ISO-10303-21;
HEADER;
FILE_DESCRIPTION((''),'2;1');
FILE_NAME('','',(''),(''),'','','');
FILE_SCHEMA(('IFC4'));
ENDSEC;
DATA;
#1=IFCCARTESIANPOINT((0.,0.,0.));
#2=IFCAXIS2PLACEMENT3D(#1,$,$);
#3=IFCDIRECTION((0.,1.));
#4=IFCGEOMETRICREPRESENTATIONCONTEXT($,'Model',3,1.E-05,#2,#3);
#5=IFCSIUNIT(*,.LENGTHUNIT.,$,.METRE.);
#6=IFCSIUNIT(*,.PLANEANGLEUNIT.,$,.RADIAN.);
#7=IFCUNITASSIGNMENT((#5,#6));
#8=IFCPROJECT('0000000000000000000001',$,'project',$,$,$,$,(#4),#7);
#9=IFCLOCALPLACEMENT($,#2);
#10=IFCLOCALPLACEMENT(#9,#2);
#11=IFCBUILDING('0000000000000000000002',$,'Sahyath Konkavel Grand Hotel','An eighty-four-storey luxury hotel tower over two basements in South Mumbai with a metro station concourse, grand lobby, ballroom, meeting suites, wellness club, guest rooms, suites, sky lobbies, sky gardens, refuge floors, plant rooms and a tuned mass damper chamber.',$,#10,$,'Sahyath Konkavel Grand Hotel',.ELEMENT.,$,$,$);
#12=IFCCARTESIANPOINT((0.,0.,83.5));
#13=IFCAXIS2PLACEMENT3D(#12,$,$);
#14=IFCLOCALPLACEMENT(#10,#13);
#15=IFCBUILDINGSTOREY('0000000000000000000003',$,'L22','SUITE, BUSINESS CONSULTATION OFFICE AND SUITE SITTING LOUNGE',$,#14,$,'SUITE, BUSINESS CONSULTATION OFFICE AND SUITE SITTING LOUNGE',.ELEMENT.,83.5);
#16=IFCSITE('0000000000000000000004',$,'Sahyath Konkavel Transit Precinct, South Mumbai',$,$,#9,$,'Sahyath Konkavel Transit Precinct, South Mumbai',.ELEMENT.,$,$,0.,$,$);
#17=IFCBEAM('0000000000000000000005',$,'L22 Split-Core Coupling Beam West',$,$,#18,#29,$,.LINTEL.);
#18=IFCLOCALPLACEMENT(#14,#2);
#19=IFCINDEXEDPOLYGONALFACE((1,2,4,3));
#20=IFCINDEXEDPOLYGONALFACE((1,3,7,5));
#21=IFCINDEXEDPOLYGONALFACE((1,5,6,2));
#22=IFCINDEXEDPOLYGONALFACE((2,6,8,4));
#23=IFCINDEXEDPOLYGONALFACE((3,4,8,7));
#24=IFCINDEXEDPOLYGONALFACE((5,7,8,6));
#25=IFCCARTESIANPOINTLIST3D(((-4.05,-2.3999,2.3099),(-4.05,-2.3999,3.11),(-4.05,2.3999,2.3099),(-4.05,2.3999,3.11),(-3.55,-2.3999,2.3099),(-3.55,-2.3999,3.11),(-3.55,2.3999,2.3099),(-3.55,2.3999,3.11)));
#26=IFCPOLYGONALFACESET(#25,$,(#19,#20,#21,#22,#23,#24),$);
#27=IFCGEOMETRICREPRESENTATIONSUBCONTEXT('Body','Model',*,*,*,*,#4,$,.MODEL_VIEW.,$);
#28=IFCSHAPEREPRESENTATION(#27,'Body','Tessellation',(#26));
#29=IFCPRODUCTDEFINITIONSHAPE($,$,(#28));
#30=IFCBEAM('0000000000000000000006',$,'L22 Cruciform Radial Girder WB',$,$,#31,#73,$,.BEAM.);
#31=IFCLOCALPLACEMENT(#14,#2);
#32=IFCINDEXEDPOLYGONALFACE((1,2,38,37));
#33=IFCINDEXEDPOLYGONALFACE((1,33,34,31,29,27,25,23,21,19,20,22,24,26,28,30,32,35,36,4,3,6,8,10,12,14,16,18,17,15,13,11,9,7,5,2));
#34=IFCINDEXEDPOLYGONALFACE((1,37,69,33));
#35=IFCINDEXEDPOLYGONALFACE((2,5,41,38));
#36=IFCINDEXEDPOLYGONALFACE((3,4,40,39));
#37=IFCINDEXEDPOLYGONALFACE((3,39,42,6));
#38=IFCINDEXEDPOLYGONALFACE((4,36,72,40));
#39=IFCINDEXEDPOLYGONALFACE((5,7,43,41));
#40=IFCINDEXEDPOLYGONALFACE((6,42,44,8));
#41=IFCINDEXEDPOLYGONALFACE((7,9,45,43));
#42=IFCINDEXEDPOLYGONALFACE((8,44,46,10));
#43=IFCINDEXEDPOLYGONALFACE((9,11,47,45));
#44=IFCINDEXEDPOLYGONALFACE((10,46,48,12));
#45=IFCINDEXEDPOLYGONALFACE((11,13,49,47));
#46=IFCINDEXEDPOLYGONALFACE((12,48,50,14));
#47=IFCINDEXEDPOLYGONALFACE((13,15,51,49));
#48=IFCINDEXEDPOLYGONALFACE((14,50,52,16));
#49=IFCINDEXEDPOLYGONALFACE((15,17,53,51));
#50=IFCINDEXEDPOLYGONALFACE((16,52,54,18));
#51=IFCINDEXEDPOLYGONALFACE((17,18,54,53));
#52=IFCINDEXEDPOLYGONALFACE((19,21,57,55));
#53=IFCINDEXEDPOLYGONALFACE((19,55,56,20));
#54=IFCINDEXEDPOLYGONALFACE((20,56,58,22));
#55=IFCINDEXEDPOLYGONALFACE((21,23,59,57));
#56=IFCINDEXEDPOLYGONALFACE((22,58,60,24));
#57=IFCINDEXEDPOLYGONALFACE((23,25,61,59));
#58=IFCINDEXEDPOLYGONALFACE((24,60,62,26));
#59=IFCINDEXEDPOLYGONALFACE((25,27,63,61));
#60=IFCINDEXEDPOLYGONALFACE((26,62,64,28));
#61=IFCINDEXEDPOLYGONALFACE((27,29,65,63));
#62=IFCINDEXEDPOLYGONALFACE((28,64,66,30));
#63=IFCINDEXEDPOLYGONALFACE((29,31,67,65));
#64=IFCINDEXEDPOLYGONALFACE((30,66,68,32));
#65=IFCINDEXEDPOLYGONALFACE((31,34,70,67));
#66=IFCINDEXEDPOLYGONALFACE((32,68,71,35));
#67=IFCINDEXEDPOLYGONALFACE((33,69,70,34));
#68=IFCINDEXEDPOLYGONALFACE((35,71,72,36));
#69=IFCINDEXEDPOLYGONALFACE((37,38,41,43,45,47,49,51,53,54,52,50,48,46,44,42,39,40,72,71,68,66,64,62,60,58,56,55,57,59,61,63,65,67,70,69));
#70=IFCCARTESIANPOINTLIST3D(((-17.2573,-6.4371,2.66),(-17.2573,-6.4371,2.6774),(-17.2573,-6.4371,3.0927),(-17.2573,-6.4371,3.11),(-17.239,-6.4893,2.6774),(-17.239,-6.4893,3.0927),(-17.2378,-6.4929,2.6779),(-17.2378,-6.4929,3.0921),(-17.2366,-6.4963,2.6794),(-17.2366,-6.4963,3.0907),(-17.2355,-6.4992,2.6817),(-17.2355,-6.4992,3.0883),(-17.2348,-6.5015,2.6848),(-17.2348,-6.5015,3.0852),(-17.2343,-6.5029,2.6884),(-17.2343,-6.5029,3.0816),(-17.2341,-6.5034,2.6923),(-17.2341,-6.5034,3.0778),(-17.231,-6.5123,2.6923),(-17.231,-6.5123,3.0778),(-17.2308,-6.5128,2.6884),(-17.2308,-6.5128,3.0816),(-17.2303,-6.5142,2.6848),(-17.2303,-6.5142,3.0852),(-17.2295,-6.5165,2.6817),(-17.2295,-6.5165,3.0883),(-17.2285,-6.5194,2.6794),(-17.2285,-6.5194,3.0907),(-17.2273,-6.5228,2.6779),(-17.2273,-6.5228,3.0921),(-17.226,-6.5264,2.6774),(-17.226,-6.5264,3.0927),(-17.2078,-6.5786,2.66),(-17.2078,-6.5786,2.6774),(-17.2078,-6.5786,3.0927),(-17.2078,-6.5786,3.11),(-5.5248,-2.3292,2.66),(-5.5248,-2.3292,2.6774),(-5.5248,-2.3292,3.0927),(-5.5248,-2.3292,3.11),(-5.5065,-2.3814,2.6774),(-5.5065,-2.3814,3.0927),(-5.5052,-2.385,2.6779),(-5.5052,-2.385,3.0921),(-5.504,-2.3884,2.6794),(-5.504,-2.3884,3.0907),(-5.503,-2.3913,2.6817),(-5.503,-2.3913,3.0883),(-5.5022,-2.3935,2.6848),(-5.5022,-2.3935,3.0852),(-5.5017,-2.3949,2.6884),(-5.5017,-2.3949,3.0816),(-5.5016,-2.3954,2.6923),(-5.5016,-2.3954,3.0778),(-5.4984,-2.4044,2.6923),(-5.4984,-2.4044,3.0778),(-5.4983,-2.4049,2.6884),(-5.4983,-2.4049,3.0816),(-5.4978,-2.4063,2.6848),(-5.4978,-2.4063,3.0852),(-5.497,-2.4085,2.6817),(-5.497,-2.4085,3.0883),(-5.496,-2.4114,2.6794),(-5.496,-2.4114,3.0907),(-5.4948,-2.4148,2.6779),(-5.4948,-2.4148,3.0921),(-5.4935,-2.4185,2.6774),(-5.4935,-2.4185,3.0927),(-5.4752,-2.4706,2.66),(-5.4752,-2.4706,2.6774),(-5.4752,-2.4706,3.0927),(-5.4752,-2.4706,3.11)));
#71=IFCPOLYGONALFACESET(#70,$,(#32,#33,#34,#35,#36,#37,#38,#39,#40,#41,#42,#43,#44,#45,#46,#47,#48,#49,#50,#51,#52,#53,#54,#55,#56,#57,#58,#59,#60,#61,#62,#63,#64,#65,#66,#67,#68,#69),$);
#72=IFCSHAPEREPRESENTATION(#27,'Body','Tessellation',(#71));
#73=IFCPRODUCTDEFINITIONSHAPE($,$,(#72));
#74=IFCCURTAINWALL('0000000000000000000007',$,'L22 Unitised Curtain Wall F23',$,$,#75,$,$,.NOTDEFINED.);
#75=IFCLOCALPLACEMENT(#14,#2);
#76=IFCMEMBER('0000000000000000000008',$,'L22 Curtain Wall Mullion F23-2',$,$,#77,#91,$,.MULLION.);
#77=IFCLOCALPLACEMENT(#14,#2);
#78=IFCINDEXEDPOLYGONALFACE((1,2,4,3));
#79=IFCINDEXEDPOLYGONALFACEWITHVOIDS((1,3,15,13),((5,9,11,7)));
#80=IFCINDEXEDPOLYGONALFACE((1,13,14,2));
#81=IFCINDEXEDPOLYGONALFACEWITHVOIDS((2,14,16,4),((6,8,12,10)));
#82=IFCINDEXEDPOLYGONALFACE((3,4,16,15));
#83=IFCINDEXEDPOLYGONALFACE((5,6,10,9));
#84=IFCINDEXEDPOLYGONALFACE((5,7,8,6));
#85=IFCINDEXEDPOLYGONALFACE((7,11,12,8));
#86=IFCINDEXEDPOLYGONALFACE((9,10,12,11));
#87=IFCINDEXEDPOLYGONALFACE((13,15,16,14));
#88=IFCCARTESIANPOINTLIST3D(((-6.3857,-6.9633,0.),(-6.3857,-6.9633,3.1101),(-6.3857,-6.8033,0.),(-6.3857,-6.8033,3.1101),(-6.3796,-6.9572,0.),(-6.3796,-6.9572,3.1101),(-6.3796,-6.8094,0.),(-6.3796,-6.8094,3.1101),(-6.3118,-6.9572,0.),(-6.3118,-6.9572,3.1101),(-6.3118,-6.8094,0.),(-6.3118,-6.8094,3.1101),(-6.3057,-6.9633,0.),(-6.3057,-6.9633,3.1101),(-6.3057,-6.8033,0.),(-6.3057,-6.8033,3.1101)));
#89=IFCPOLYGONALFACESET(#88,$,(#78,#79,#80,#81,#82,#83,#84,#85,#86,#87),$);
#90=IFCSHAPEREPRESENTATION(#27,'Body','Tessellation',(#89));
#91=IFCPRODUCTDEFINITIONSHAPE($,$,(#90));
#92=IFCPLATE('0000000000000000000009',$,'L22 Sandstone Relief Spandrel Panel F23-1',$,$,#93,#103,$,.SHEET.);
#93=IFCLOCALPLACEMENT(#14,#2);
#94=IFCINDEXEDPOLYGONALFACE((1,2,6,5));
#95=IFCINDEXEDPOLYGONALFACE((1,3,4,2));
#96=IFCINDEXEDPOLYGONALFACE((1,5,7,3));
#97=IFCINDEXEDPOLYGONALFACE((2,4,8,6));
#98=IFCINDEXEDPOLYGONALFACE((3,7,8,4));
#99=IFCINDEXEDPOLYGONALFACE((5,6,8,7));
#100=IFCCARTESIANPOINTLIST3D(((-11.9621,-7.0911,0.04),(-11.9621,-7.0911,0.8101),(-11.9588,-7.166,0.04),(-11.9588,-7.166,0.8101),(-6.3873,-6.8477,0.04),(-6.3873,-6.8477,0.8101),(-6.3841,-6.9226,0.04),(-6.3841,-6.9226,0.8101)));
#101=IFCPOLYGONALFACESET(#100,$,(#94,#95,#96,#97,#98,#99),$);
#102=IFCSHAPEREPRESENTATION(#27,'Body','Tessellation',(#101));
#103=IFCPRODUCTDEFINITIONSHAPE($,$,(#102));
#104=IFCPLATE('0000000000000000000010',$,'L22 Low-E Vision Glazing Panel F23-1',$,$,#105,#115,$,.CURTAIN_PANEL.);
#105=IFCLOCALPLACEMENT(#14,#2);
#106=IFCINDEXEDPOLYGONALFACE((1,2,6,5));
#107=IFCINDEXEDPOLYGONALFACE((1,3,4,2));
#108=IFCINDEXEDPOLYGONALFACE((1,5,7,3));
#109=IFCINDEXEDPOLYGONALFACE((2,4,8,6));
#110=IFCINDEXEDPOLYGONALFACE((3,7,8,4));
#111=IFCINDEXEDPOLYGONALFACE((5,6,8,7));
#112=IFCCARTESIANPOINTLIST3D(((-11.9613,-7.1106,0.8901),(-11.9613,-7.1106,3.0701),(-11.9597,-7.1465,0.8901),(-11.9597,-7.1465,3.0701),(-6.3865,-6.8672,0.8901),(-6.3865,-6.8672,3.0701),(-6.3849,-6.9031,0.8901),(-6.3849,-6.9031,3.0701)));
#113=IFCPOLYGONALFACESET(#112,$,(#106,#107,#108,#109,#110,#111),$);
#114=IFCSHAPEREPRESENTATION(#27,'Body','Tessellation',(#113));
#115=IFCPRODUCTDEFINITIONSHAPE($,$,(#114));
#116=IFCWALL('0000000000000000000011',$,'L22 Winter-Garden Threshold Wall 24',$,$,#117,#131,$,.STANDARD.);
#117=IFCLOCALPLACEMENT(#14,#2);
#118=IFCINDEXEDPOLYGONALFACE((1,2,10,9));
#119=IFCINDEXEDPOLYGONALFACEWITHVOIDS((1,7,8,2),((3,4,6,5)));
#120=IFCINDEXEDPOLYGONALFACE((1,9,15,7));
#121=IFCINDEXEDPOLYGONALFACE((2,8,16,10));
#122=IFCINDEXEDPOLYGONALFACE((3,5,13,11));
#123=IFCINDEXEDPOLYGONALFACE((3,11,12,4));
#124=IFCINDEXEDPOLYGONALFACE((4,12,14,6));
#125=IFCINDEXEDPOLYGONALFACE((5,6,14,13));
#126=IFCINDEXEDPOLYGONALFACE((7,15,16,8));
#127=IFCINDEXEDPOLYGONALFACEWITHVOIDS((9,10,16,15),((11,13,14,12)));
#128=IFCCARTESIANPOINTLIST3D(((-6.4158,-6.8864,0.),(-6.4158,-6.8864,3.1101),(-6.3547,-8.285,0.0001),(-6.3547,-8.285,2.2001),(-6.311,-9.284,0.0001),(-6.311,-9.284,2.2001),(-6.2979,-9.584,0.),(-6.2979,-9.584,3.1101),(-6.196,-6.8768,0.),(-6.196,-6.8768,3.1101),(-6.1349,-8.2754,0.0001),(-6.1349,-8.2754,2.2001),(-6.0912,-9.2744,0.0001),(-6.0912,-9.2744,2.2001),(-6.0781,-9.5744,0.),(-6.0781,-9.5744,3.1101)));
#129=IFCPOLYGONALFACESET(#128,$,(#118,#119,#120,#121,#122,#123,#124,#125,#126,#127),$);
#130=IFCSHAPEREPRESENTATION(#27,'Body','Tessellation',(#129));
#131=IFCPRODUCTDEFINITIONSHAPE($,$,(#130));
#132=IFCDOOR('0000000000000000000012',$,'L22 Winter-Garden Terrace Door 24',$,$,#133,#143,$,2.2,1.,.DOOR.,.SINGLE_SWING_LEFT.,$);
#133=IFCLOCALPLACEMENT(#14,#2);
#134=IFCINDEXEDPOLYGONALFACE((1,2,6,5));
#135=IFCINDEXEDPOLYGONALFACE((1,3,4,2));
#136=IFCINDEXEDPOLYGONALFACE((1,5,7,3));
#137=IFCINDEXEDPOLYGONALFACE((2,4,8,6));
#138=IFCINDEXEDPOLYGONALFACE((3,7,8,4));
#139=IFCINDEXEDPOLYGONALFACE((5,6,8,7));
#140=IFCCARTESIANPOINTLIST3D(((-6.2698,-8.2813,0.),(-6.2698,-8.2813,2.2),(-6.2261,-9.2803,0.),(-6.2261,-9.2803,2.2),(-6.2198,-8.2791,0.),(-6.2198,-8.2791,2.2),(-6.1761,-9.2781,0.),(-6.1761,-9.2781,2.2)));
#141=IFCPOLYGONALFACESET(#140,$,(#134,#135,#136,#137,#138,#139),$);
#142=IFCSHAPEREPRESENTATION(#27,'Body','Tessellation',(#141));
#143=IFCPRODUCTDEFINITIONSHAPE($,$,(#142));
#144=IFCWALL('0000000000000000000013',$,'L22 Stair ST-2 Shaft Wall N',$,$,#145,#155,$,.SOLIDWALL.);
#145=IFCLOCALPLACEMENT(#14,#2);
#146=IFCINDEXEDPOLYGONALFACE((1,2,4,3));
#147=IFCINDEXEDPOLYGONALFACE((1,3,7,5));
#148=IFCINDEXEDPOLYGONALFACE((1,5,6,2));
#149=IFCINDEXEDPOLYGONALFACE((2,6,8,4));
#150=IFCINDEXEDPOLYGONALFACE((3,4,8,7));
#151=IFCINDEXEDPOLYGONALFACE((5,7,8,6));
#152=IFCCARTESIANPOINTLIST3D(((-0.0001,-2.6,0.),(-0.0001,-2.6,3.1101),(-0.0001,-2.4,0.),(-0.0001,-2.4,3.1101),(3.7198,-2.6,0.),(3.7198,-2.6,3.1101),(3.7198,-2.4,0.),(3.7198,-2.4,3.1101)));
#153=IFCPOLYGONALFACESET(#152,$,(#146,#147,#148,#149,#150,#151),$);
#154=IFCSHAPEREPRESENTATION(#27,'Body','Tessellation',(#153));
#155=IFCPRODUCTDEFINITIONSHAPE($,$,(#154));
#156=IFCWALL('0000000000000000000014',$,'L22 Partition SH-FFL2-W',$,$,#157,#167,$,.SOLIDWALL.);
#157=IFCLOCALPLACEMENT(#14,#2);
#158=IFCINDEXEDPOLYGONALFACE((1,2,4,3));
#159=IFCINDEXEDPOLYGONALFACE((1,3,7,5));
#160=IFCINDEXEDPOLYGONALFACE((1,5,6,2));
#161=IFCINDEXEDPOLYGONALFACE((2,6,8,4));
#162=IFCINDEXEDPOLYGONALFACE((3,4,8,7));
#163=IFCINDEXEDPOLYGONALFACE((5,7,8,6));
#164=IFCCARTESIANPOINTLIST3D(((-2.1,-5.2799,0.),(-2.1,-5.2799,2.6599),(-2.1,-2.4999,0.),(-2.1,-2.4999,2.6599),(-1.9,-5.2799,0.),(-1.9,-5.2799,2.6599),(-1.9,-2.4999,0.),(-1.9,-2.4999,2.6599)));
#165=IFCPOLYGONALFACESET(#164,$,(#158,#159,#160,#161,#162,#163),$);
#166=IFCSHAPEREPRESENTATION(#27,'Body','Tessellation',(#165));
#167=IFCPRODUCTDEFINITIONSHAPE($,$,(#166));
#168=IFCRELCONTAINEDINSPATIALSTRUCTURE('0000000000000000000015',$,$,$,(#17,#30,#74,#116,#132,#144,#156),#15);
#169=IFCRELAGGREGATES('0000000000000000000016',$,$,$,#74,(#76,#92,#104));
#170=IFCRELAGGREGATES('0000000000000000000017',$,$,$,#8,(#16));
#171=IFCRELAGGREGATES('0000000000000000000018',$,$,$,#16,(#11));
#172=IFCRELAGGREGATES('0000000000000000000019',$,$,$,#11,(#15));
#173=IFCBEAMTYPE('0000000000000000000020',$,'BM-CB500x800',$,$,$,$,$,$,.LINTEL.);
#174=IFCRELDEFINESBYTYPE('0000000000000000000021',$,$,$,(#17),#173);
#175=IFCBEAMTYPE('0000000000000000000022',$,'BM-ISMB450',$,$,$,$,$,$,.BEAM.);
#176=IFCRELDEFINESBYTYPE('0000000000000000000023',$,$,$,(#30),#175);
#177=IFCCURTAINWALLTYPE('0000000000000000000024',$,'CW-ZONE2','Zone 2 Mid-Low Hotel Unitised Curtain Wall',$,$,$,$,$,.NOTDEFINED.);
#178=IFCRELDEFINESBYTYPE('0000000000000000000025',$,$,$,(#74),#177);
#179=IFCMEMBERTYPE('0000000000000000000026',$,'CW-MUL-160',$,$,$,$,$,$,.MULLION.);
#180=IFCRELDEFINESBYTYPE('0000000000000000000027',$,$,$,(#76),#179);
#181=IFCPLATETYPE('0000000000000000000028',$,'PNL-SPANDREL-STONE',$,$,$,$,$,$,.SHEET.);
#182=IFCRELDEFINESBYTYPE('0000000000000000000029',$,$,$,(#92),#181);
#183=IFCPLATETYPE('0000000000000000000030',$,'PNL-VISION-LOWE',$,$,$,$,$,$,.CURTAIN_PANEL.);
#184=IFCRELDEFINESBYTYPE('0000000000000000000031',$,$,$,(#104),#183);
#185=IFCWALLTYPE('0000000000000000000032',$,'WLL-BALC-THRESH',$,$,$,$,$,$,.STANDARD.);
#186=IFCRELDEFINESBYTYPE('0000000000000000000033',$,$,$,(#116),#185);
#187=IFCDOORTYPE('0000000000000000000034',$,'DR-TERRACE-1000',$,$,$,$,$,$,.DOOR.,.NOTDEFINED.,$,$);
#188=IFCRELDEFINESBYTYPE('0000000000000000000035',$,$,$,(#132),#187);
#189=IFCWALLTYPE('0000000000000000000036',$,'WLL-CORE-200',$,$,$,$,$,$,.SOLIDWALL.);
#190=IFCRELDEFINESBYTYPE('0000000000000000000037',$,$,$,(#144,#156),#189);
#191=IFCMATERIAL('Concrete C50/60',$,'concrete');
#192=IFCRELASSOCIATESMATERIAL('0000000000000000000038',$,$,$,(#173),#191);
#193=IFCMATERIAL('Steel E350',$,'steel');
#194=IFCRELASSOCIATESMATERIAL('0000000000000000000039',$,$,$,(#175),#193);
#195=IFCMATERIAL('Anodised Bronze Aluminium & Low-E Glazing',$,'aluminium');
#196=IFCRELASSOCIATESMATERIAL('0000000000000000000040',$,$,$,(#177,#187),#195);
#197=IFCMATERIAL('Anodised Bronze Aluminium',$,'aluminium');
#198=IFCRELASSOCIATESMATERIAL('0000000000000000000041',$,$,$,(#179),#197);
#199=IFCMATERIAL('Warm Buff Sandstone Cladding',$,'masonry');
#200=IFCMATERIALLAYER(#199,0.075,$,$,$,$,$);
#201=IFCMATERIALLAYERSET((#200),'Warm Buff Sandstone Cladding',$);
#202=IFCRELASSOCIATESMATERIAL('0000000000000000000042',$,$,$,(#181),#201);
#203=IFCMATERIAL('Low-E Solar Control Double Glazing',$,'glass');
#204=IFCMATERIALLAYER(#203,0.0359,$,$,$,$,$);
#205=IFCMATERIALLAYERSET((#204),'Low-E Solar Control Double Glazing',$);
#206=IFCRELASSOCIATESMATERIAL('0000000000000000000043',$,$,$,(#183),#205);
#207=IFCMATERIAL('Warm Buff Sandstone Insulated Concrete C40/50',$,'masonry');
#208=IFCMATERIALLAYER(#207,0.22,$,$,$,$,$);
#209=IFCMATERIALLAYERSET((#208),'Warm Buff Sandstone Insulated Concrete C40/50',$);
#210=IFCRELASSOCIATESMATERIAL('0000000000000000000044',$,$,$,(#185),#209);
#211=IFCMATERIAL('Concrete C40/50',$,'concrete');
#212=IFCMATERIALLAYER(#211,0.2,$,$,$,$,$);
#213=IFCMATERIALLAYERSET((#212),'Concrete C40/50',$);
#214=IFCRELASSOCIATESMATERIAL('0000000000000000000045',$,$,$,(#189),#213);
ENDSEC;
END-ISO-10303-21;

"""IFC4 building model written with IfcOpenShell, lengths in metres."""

from ifc_helpers import new_model, si_unit, direction, frame, frame_2d, origin, origin_2d, place, context, subcontext, project, spatial, rectangle, hollow_rectangle, i_section, extrude, source, transform, mapped, material, layer, layer_set, material_profile, profile_set, type_object, element, fill, aggregate, save


model = new_model("IFC4")

# Units and contexts
model_context = context("Model", 3, precision=1e-05, world=origin(), true_north=direction((0.0, 1.0)))
body_context = subcontext(model_context, "Body", "Model", "MODEL_VIEW")
ifc_project = project(units=[si_unit("LENGTHUNIT", "METRE"), si_unit("PLANEANGLEUNIT", "RADIAN")], contexts=[model_context])

# Site, building, storey
site_placement = place(None, origin())
site = spatial("IfcSite", under=ifc_project, at=site_placement, Name="Sahyath Konkavel Transit Precinct, South Mumbai", LongName="Sahyath Konkavel Transit Precinct, South Mumbai", CompositionType="ELEMENT", RefElevation=0.0)
building_placement = place(site_placement, origin())
building = spatial("IfcBuilding", under=site, at=building_placement, Name="Sahyath Konkavel Grand Hotel", Description="An eighty-four-storey luxury hotel tower over two basements in South Mumbai with a metro station concourse, grand lobby, ballroom, meeting suites, wellness club, guest rooms, suites, sky lobbies, sky gardens, refuge floors, plant rooms and a tuned mass damper chamber.", LongName="Sahyath Konkavel Grand Hotel", CompositionType="ELEMENT")
storey_placement = place(building_placement, frame((0.0, 0.0, 83.5)))
storey = spatial("IfcBuildingStorey", under=building, at=storey_placement, Name="L22", Description="SUITE, BUSINESS CONSULTATION OFFICE AND SUITE SITTING LOUNGE", LongName="SUITE, BUSINESS CONSULTATION OFFICE AND SUITE SITTING LOUNGE", CompositionType="ELEMENT", Elevation=83.5)

# Shared definitions
ifc_material_1 = material(Name="Concrete C50/60", Category="concrete")

# Beams
ifc_material_2 = material(Name="Steel E350", Category="steel")
ifc_material_profile_1 = material_profile(ifc_material_1, rectangle(XDim=0.5, YDim=0.8, at=origin_2d()), Name="RC 500x800")
ifc_profile_set_1 = profile_set([ifc_material_profile_1], Name="Concrete C50/60")
beam_type_1 = type_object("IfcBeamType", Name="BM-CB500x800", PredefinedType="LINTEL", material=ifc_profile_set_1)
shared_shape_1 = source(origin(), body_context, "Body", "SweptSolid", [
    extrude(rectangle(XDim=0.5, YDim=0.8, at=origin_2d()), origin(), (0.0, 0.0, 1.0), 4.7998),
])
beam_1_placement = place(storey_placement, frame((-3.8, -2.3999, 2.71), z_axis=(0.0, 1.0, 0.0), x_axis=(-1.0, 0.0, 0.0)))
element("IfcBeam", 1, at=beam_1_placement, inside=storey, type_object=beam_type_1, Name="L22 Split-Core Coupling Beam West", PredefinedType="LINTEL", context=body_context, shape_type="MappedRepresentation", body=[
    mapped(shared_shape_1, transform((0.0, 0.0, 0.0), scale=1.0)),
])
ifc_material_profile_2 = material_profile(ifc_material_2, i_section(OverallWidth=0.1499, OverallDepth=0.45, WebThickness=0.0095, FlangeThickness=0.0173, FilletRadius=0.0149, at=origin_2d()), Name="ISMB 450")
ifc_profile_set_2 = profile_set([ifc_material_profile_2], Name="Steel E350")
beam_type_2 = type_object("IfcBeamType", Name="BM-ISMB450", PredefinedType="BEAM", material=ifc_profile_set_2)
shared_shape_2 = source(origin(), body_context, "Body", "SweptSolid", [
    extrude(i_section(OverallWidth=0.1499, OverallDepth=0.45, WebThickness=0.0095, FlangeThickness=0.0173, FilletRadius=0.0149, at=origin_2d()), origin(), (0.0, 0.0, 1.0), 12.4309),
])
beam_2_placement = place(storey_placement, frame((-5.5, -2.3999, 2.885), z_axis=(-0.943819, -0.330462, 0.0), x_axis=(0.330462, -0.943819, 0.0)))
element("IfcBeam", 2, at=beam_2_placement, inside=storey, type_object=beam_type_2, Name="L22 Cruciform Radial Girder WB", PredefinedType="BEAM", context=body_context, shape_type="MappedRepresentation", body=[
    mapped(shared_shape_2, transform((0.0, 0.0, 0.0), scale=1.0)),
])

# Curtain wall, member, plates
ifc_material_3 = material(Name="Anodised Bronze Aluminium & Low-E Glazing", Category="aluminium")
curtain_wall_type = type_object("IfcCurtainWallType", Name="CW-ZONE2", Description="Zone 2 Mid-Low Hotel Unitised Curtain Wall", PredefinedType="NOTDEFINED", material=ifc_material_3)
curtain_wall_placement = place(storey_placement, origin())
curtain_wall = element("IfcCurtainWall", 3, at=curtain_wall_placement, inside=storey, type_object=curtain_wall_type, Name="L22 Unitised Curtain Wall F23", PredefinedType="NOTDEFINED")
ifc_material_4 = material(Name="Anodised Bronze Aluminium", Category="aluminium")
ifc_material_profile_3 = material_profile(ifc_material_4, hollow_rectangle(XDim=0.0801, YDim=0.1599, WallThickness=0.0061, at=origin_2d()), Name="RHS 160x80x6")
ifc_profile_set_3 = profile_set([ifc_material_profile_3], Name="Anodised Bronze Aluminium")
member_type = type_object("IfcMemberType", Name="CW-MUL-160", PredefinedType="MULLION", material=ifc_profile_set_3)
shared_shape_3 = source(origin(), body_context, "Body", "SweptSolid", [
    extrude(hollow_rectangle(XDim=0.0801, YDim=0.1599, WallThickness=0.0061, at=origin_2d()), origin(), (0.0, 0.0, 1.0), 3.1101),
])
member_placement = place(storey_placement, frame((-6.3457, -6.8833, 0.0), z_axis=(0.0, 0.0, 1.0), x_axis=(1.0, 0.0, 0.0)))
member = element("IfcMember", 4, at=member_placement, type_object=member_type, Name="L22 Curtain Wall Mullion F23-2", PredefinedType="MULLION", context=body_context, shape_type="MappedRepresentation", body=[
    mapped(shared_shape_3, transform((0.0, 0.0, 0.0), scale=1.0)),
])
ifc_material_5 = material(Name="Warm Buff Sandstone Cladding", Category="masonry")
ifc_layer_1 = layer(ifc_material_5, 0.075)
ifc_layer_set_1 = layer_set([ifc_layer_1], Name="Warm Buff Sandstone Cladding")
plate_type_1 = type_object("IfcPlateType", Name="PNL-SPANDREL-STONE", PredefinedType="SHEET", material=ifc_layer_set_1)
shared_shape_4 = source(origin(), body_context, "Body", "SweptSolid", [
    extrude(rectangle(XDim=5.5801, YDim=0.075, at=origin_2d()), origin(), (0.0, 0.0, 1.0), 0.77),
])
plate_1_placement = place(storey_placement, frame((-9.1731, -7.0068, 0.04), z_axis=(0.0, 0.0, 1.0), x_axis=(0.999048, 0.043619, 0.0)))
plate_1 = element("IfcPlate", 5, at=plate_1_placement, type_object=plate_type_1, Name="L22 Sandstone Relief Spandrel Panel F23-1", PredefinedType="SHEET", context=body_context, shape_type="MappedRepresentation", body=[
    mapped(shared_shape_4, transform((0.0, 0.0, 0.0), scale=1.0)),
])
ifc_material_6 = material(Name="Low-E Solar Control Double Glazing", Category="glass")
ifc_layer_2 = layer(ifc_material_6, 0.0359)
ifc_layer_set_2 = layer_set([ifc_layer_2], Name="Low-E Solar Control Double Glazing")
plate_type_2 = type_object("IfcPlateType", Name="PNL-VISION-LOWE", PredefinedType="CURTAIN_PANEL", material=ifc_layer_set_2)
shared_shape_5 = source(origin(), body_context, "Body", "SweptSolid", [
    extrude(rectangle(XDim=5.5801, YDim=0.0359, at=origin_2d()), origin(), (0.0, 0.0, 1.0), 2.1799),
])
plate_2_placement = place(storey_placement, frame((-9.1731, -7.0068, 0.8901), z_axis=(0.0, 0.0, 1.0), x_axis=(0.999048, 0.043619, 0.0)))
plate_2 = element("IfcPlate", 6, at=plate_2_placement, type_object=plate_type_2, Name="L22 Low-E Vision Glazing Panel F23-1", PredefinedType="CURTAIN_PANEL", context=body_context, shape_type="MappedRepresentation", body=[
    mapped(shared_shape_5, transform((0.0, 0.0, 0.0), scale=1.0)),
])
aggregate(curtain_wall, [member, plate_1, plate_2])

# Wall, opening, door
ifc_material_7 = material(Name="Warm Buff Sandstone Insulated Concrete C40/50", Category="masonry")
ifc_layer_3 = layer(ifc_material_7, 0.22)
ifc_layer_set_3 = layer_set([ifc_layer_3], Name="Warm Buff Sandstone Insulated Concrete C40/50")
wall_type_1 = type_object("IfcWallType", Name="WLL-BALC-THRESH", PredefinedType="STANDARD", material=ifc_layer_set_3)
wall_1_placement = place(storey_placement, frame((-6.3059, -6.8816, 0.0), z_axis=(0.0, 0.0, 1.0), x_axis=(0.043673, -0.999046, 0.0)))
wall_1 = element("IfcWall", 7, at=wall_1_placement, inside=storey, type_object=wall_type_1, Name="L22 Winter-Garden Threshold Wall 24", PredefinedType="STANDARD", context=body_context, shape_type="SweptSolid", body=[
    extrude(rectangle(XDim=2.7002, YDim=0.22, at=frame_2d((1.3501, 0.0))), origin(), (0.0, 0.0, 1.0), 3.1101),
])
opening_1_placement = place(wall_1_placement, frame((1.3999, 0.0, 0.0)))
opening_1 = element("IfcOpeningElement", 8, at=opening_1_placement, cuts=wall_1, PredefinedType="OPENING", context=body_context, shape_type="SweptSolid", body=[
    extrude(rectangle(XDim=1.0, YDim=2.2, at=frame_2d((0.5, 1.1001))), frame((0.0, 0.1201, 0.0), z_axis=(0.0, -1.0, 0.0), x_axis=(1.0, 0.0, 0.0)), (0.0, 0.0, 1.0), 0.24),
])
door_type_1 = type_object("IfcDoorType", Name="DR-TERRACE-1000", OperationType="NOTDEFINED", PredefinedType="DOOR", material=ifc_material_3)
shared_shape_6 = source(origin(), body_context, "Body", "SweptSolid", [
    extrude(rectangle(XDim=1.0, YDim=0.05, at=origin_2d()), origin(), (0.0, 0.0, 1.0), 2.2),
])
door_1_placement = place(opening_1_placement, frame((0.5, 0.0, 0.0)))
door_1 = element("IfcDoor", 9, at=door_1_placement, inside=storey, type_object=door_type_1, Name="L22 Winter-Garden Terrace Door 24", OperationType="SINGLE_SWING_LEFT", OverallHeight=2.2, OverallWidth=1.0, PredefinedType="DOOR", context=body_context, shape_type="MappedRepresentation", body=[
    mapped(shared_shape_6, transform((0.0, 0.0, 0.0), scale=1.0)),
])
fill(opening_1, door_1)

# Walls
ifc_material_8 = material(Name="Concrete C40/50", Category="concrete")
ifc_layer_4 = layer(ifc_material_8, 0.2)
ifc_layer_set_4 = layer_set([ifc_layer_4], Name="Concrete C40/50")
wall_type_2 = type_object("IfcWallType", Name="WLL-CORE-200", PredefinedType="SOLIDWALL", material=ifc_layer_set_4)
wall_2_placement = place(storey_placement, frame((0.0, -2.5, 0.0), z_axis=(0.0, 0.0, 1.0), x_axis=(1.0, 0.0, 0.0)))
element("IfcWall", 10, at=wall_2_placement, inside=storey, type_object=wall_type_2, Name="L22 Stair ST-2 Shaft Wall N", PredefinedType="SOLIDWALL", context=body_context, shape_type="SweptSolid", body=[
    extrude(rectangle(XDim=3.72, YDim=0.2, at=frame_2d((1.8599, 0.0))), origin(), (0.0, 0.0, 1.0), 3.1101),
])
wall_3_placement = place(storey_placement, frame((-2.0, -5.28, 0.0), z_axis=(0.0, 0.0, 1.0), x_axis=(0.0, 1.0, 0.0)))
element("IfcWall", 11, at=wall_3_placement, inside=storey, type_object=wall_type_2, Name="L22 Partition SH-FFL2-W", PredefinedType="SOLIDWALL", context=body_context, shape_type="SweptSolid", body=[
    extrude(rectangle(XDim=2.78, YDim=0.2, at=frame_2d((1.3901, 0.0))), origin(), (0.0, 0.0, 1.0), 2.6599),
])

save(model, "model.ifc")
